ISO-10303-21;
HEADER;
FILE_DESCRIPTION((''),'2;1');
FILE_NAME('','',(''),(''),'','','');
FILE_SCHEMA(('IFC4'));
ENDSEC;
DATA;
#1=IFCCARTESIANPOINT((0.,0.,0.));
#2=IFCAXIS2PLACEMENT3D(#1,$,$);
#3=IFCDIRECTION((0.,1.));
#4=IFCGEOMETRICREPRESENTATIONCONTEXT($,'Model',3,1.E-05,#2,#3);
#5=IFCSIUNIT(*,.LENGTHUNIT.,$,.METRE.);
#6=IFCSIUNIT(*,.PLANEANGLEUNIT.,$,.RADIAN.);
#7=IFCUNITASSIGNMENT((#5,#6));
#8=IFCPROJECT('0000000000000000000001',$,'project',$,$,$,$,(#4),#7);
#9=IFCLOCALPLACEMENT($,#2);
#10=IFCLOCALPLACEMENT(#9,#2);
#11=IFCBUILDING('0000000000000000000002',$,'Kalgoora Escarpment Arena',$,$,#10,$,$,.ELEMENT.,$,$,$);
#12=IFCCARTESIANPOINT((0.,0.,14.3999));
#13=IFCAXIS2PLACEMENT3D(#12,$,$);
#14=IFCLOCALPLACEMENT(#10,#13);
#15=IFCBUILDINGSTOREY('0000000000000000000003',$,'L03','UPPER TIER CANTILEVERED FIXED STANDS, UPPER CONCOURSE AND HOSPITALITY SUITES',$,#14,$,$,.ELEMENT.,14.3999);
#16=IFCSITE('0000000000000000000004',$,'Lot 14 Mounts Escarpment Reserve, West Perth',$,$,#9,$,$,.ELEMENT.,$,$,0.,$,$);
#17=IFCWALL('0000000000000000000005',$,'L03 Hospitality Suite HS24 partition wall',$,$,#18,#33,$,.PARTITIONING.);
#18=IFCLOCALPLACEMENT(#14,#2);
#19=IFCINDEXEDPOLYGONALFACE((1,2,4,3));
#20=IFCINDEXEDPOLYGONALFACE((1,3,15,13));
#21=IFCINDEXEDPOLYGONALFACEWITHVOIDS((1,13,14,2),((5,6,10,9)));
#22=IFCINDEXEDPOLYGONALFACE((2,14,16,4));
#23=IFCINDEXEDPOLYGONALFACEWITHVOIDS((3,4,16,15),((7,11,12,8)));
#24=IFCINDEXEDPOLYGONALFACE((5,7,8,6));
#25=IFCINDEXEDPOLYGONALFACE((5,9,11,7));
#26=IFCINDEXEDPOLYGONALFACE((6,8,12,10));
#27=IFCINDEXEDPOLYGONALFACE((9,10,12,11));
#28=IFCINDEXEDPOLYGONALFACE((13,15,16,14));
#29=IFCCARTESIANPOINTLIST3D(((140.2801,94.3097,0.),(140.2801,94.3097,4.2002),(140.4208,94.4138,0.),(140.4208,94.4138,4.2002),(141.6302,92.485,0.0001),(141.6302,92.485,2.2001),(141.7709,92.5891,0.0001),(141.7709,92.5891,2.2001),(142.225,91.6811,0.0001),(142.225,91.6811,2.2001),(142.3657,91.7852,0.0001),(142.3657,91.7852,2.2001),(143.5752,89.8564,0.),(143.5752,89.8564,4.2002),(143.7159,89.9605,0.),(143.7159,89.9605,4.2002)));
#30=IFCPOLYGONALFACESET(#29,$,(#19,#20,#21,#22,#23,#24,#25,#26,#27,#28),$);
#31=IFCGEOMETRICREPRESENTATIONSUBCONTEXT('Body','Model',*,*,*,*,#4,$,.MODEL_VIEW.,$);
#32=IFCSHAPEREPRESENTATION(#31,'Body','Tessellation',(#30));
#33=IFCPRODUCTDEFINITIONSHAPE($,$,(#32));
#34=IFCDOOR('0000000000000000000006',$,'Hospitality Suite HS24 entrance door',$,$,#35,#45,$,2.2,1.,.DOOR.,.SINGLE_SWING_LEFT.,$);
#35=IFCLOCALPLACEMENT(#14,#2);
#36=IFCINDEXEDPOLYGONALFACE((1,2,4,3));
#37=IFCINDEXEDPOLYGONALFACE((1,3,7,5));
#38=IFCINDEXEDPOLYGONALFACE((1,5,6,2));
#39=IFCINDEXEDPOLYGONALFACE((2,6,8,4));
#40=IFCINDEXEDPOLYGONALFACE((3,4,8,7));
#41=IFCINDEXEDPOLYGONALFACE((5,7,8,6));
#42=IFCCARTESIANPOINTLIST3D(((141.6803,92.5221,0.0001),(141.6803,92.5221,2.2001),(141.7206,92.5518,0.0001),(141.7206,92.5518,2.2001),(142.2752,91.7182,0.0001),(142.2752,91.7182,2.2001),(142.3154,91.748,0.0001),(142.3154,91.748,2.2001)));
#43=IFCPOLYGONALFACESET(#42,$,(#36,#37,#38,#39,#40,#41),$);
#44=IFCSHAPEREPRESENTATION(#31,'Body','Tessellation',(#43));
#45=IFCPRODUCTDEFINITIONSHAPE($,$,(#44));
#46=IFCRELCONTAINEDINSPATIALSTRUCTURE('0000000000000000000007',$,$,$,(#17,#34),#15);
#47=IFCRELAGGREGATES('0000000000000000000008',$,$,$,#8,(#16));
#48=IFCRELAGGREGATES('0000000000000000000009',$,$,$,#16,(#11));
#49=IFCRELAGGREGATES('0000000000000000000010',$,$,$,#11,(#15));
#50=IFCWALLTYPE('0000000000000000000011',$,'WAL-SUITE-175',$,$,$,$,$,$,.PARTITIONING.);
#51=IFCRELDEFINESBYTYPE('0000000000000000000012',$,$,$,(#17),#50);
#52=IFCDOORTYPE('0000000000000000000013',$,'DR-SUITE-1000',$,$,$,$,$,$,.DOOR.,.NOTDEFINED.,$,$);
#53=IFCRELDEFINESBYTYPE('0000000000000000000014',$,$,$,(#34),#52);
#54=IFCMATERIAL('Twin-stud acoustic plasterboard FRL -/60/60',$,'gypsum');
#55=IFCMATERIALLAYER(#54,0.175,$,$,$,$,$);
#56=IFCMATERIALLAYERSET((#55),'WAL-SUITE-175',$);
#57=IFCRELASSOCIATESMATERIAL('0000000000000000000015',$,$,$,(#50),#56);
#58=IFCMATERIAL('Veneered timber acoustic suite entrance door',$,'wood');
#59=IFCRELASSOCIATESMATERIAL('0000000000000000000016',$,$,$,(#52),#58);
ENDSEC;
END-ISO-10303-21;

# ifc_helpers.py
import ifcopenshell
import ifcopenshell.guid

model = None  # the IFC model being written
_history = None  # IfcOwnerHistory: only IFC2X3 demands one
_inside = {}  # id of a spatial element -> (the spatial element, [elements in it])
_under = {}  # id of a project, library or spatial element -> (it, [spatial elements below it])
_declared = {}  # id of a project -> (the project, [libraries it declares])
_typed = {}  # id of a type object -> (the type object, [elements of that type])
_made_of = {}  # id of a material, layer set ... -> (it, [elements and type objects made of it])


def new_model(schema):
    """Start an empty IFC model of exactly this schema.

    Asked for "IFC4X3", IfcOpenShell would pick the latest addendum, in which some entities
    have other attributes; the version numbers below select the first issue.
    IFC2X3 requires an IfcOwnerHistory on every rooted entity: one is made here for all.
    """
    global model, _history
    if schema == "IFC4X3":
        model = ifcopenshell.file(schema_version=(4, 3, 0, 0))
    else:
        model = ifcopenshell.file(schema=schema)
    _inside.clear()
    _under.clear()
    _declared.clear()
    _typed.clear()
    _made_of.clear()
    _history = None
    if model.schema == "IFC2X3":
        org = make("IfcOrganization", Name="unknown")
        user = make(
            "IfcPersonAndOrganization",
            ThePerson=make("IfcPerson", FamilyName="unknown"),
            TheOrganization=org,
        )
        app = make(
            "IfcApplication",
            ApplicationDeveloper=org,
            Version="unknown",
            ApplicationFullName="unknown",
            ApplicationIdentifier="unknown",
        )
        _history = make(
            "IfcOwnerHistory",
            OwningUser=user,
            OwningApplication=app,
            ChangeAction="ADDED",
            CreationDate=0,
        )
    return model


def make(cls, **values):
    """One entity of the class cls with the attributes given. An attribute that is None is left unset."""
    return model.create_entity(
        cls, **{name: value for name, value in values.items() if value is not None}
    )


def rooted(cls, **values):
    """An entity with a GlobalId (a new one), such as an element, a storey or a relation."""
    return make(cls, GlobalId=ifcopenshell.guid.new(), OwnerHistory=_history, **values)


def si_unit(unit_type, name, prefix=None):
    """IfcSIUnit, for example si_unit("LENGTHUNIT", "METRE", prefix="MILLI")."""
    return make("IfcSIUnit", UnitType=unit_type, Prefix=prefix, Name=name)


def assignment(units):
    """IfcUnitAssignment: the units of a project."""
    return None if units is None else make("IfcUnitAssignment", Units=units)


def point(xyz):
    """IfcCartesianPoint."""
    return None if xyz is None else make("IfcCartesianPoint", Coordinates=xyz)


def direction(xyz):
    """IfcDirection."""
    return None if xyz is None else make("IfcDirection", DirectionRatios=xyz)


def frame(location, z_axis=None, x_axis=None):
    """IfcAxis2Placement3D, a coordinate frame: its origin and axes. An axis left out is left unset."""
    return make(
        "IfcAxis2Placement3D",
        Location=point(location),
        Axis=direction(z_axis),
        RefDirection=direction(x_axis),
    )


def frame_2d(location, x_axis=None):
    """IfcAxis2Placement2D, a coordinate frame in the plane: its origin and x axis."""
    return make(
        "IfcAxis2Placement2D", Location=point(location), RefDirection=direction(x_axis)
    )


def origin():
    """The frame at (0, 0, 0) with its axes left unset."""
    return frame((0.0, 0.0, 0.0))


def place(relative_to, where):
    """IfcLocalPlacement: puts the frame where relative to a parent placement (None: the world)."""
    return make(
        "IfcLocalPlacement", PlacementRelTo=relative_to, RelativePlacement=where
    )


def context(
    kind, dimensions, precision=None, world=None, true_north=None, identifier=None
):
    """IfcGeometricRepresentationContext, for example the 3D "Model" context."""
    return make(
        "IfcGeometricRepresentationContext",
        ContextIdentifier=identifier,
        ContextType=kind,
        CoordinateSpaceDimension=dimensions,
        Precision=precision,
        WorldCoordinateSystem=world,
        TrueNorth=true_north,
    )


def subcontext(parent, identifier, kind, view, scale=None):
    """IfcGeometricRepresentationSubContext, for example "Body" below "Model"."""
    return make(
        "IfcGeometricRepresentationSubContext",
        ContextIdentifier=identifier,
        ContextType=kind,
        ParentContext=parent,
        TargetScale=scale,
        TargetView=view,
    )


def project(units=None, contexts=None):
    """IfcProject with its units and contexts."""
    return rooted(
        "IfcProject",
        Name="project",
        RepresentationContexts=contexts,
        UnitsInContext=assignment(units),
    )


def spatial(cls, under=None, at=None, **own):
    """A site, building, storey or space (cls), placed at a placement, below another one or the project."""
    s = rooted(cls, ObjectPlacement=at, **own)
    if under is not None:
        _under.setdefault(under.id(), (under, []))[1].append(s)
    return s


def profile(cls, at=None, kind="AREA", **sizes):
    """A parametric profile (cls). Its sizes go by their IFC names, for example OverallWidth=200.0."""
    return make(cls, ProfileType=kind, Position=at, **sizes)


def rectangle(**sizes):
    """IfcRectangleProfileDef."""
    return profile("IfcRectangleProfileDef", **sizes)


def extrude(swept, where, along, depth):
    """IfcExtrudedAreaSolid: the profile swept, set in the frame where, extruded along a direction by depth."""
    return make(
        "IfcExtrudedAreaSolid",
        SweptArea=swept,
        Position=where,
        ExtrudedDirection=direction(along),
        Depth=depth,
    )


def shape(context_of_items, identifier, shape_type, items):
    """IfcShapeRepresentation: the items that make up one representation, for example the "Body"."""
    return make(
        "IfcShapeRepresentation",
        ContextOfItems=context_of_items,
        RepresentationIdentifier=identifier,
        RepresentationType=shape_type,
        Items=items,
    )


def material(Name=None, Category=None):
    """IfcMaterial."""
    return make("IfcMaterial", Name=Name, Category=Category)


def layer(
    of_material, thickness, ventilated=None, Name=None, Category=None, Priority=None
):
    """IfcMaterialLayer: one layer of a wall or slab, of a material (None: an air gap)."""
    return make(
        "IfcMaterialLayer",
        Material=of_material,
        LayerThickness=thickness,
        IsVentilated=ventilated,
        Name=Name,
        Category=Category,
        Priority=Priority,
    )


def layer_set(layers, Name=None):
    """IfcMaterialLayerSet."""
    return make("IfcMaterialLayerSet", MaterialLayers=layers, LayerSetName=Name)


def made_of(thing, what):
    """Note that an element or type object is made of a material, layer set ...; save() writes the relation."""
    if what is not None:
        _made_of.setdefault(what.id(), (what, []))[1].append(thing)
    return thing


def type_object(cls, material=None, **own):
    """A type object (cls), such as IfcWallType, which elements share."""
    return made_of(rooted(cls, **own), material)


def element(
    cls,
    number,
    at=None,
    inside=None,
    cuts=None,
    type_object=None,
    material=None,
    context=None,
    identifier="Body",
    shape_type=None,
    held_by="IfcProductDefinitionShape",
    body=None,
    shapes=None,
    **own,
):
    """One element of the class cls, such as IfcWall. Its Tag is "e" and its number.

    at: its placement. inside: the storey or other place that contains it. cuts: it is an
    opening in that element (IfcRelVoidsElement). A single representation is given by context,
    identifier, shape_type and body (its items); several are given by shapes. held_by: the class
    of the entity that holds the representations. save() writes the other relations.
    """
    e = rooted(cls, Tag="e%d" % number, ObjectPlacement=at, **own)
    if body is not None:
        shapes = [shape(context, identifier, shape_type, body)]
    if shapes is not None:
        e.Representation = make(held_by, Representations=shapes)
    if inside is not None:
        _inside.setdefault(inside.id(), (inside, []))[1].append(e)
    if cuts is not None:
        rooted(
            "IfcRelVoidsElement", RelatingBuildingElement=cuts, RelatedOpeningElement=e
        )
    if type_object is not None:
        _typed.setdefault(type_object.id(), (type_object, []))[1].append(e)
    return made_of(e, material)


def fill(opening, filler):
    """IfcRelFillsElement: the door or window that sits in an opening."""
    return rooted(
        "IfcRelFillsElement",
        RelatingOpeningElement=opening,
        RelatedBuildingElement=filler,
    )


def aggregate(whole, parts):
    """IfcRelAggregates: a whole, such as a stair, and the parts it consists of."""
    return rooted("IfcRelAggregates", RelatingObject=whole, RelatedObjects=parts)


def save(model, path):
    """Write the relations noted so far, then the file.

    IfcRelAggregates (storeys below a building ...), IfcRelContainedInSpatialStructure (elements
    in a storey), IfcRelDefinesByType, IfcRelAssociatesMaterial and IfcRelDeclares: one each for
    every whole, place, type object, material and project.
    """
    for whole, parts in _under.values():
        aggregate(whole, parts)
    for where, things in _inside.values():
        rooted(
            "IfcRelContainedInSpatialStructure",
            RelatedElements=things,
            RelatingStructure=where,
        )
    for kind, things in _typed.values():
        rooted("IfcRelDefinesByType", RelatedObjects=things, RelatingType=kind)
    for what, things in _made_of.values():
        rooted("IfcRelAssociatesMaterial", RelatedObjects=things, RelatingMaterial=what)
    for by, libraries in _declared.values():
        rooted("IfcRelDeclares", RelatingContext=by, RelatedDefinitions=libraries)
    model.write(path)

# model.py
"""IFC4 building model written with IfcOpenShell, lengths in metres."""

from ifc_helpers import new_model, si_unit, direction, frame, frame_2d, origin, place, context, subcontext, project, spatial, rectangle, extrude, material, layer, layer_set, type_object, element, fill, save


model = new_model("IFC4")

# Units and contexts
model_context = context("Model", 3, precision=1e-05, world=origin(), true_north=direction((0.0, 1.0)))
body_context = subcontext(model_context, "Body", "Model", "MODEL_VIEW")
ifc_project = project(units=[si_unit("LENGTHUNIT", "METRE"), si_unit("PLANEANGLEUNIT", "RADIAN")], contexts=[model_context])

# Site, building, storey
site_placement = place(None, origin())
site = spatial("IfcSite", under=ifc_project, at=site_placement, Name="Lot 14 Mounts Escarpment Reserve, West Perth", CompositionType="ELEMENT", RefElevation=0.0)
building_placement = place(site_placement, origin())
building = spatial("IfcBuilding", under=site, at=building_placement, Name="Kalgoora Escarpment Arena", CompositionType="ELEMENT")
storey_placement = place(building_placement, frame((0.0, 0.0, 14.3999)))
storey = spatial("IfcBuildingStorey", under=building, at=storey_placement, Name="L03", Description="UPPER TIER CANTILEVERED FIXED STANDS, UPPER CONCOURSE AND HOSPITALITY SUITES", CompositionType="ELEMENT", Elevation=14.3999)

# Wall, opening, door
ifc_material_1 = material(Name="Twin-stud acoustic plasterboard FRL -/60/60", Category="gypsum")
ifc_layer_1 = layer(ifc_material_1, 0.175)
ifc_layer_set_1 = layer_set([ifc_layer_1], Name="WAL-SUITE-175")
wall_type_1 = type_object("IfcWallType", Name="WAL-SUITE-175", PredefinedType="PARTITIONING", material=ifc_layer_set_1)
wall_1_placement = place(storey_placement, frame((140.3503, 94.3618, 0.0), z_axis=(0.0, 0.0, 1.0), x_axis=(0.594805, -0.80387, 0.0)))
wall_1 = element("IfcWall", 1, at=wall_1_placement, inside=storey, type_object=wall_type_1, Name="L03 Hospitality Suite HS24 partition wall", PredefinedType="PARTITIONING", context=body_context, shape_type="SweptSolid", body=[
    extrude(rectangle(XDim=5.5398, YDim=0.175, at=frame_2d((2.77, 0.0))), origin(), (0.0, 0.0, 1.0), 4.2002),
])
opening_1_placement = place(wall_1_placement, frame((2.27, 0.0, 0.0)))
opening_1 = element("IfcOpeningElement", 2, at=opening_1_placement, cuts=wall_1, PredefinedType="OPENING", context=body_context, shape_type="SweptSolid", body=[
    extrude(rectangle(XDim=1.0, YDim=2.2, at=frame_2d((0.5, 1.1001))), frame((0.0, 0.0974, 0.0), z_axis=(0.0, -1.0, 0.0), x_axis=(1.0, 0.0, 0.0)), (0.0, 0.0, 1.0), 0.1951),
])
ifc_material_2 = material(Name="Veneered timber acoustic suite entrance door", Category="wood")
door_type = type_object("IfcDoorType", Name="DR-SUITE-1000", OperationType="NOTDEFINED", PredefinedType="DOOR", material=ifc_material_2)
door_placement = place(opening_1_placement, origin())
door = element("IfcDoor", 3, at=door_placement, inside=storey, type_object=door_type, Name="Hospitality Suite HS24 entrance door", OperationType="SINGLE_SWING_LEFT", OverallHeight=2.2, OverallWidth=1.0, PredefinedType="DOOR", context=body_context, shape_type="SweptSolid", body=[
    extrude(rectangle(XDim=1.0, YDim=2.2, at=frame_2d((0.5, 1.1001))), frame((0.0, 0.0249, 0.0), z_axis=(0.0, -1.0, 0.0), x_axis=(1.0, 0.0, 0.0)), (0.0, 0.0, 1.0), 0.05),
])
fill(opening_1, door)

save(model, "model.ifc")
